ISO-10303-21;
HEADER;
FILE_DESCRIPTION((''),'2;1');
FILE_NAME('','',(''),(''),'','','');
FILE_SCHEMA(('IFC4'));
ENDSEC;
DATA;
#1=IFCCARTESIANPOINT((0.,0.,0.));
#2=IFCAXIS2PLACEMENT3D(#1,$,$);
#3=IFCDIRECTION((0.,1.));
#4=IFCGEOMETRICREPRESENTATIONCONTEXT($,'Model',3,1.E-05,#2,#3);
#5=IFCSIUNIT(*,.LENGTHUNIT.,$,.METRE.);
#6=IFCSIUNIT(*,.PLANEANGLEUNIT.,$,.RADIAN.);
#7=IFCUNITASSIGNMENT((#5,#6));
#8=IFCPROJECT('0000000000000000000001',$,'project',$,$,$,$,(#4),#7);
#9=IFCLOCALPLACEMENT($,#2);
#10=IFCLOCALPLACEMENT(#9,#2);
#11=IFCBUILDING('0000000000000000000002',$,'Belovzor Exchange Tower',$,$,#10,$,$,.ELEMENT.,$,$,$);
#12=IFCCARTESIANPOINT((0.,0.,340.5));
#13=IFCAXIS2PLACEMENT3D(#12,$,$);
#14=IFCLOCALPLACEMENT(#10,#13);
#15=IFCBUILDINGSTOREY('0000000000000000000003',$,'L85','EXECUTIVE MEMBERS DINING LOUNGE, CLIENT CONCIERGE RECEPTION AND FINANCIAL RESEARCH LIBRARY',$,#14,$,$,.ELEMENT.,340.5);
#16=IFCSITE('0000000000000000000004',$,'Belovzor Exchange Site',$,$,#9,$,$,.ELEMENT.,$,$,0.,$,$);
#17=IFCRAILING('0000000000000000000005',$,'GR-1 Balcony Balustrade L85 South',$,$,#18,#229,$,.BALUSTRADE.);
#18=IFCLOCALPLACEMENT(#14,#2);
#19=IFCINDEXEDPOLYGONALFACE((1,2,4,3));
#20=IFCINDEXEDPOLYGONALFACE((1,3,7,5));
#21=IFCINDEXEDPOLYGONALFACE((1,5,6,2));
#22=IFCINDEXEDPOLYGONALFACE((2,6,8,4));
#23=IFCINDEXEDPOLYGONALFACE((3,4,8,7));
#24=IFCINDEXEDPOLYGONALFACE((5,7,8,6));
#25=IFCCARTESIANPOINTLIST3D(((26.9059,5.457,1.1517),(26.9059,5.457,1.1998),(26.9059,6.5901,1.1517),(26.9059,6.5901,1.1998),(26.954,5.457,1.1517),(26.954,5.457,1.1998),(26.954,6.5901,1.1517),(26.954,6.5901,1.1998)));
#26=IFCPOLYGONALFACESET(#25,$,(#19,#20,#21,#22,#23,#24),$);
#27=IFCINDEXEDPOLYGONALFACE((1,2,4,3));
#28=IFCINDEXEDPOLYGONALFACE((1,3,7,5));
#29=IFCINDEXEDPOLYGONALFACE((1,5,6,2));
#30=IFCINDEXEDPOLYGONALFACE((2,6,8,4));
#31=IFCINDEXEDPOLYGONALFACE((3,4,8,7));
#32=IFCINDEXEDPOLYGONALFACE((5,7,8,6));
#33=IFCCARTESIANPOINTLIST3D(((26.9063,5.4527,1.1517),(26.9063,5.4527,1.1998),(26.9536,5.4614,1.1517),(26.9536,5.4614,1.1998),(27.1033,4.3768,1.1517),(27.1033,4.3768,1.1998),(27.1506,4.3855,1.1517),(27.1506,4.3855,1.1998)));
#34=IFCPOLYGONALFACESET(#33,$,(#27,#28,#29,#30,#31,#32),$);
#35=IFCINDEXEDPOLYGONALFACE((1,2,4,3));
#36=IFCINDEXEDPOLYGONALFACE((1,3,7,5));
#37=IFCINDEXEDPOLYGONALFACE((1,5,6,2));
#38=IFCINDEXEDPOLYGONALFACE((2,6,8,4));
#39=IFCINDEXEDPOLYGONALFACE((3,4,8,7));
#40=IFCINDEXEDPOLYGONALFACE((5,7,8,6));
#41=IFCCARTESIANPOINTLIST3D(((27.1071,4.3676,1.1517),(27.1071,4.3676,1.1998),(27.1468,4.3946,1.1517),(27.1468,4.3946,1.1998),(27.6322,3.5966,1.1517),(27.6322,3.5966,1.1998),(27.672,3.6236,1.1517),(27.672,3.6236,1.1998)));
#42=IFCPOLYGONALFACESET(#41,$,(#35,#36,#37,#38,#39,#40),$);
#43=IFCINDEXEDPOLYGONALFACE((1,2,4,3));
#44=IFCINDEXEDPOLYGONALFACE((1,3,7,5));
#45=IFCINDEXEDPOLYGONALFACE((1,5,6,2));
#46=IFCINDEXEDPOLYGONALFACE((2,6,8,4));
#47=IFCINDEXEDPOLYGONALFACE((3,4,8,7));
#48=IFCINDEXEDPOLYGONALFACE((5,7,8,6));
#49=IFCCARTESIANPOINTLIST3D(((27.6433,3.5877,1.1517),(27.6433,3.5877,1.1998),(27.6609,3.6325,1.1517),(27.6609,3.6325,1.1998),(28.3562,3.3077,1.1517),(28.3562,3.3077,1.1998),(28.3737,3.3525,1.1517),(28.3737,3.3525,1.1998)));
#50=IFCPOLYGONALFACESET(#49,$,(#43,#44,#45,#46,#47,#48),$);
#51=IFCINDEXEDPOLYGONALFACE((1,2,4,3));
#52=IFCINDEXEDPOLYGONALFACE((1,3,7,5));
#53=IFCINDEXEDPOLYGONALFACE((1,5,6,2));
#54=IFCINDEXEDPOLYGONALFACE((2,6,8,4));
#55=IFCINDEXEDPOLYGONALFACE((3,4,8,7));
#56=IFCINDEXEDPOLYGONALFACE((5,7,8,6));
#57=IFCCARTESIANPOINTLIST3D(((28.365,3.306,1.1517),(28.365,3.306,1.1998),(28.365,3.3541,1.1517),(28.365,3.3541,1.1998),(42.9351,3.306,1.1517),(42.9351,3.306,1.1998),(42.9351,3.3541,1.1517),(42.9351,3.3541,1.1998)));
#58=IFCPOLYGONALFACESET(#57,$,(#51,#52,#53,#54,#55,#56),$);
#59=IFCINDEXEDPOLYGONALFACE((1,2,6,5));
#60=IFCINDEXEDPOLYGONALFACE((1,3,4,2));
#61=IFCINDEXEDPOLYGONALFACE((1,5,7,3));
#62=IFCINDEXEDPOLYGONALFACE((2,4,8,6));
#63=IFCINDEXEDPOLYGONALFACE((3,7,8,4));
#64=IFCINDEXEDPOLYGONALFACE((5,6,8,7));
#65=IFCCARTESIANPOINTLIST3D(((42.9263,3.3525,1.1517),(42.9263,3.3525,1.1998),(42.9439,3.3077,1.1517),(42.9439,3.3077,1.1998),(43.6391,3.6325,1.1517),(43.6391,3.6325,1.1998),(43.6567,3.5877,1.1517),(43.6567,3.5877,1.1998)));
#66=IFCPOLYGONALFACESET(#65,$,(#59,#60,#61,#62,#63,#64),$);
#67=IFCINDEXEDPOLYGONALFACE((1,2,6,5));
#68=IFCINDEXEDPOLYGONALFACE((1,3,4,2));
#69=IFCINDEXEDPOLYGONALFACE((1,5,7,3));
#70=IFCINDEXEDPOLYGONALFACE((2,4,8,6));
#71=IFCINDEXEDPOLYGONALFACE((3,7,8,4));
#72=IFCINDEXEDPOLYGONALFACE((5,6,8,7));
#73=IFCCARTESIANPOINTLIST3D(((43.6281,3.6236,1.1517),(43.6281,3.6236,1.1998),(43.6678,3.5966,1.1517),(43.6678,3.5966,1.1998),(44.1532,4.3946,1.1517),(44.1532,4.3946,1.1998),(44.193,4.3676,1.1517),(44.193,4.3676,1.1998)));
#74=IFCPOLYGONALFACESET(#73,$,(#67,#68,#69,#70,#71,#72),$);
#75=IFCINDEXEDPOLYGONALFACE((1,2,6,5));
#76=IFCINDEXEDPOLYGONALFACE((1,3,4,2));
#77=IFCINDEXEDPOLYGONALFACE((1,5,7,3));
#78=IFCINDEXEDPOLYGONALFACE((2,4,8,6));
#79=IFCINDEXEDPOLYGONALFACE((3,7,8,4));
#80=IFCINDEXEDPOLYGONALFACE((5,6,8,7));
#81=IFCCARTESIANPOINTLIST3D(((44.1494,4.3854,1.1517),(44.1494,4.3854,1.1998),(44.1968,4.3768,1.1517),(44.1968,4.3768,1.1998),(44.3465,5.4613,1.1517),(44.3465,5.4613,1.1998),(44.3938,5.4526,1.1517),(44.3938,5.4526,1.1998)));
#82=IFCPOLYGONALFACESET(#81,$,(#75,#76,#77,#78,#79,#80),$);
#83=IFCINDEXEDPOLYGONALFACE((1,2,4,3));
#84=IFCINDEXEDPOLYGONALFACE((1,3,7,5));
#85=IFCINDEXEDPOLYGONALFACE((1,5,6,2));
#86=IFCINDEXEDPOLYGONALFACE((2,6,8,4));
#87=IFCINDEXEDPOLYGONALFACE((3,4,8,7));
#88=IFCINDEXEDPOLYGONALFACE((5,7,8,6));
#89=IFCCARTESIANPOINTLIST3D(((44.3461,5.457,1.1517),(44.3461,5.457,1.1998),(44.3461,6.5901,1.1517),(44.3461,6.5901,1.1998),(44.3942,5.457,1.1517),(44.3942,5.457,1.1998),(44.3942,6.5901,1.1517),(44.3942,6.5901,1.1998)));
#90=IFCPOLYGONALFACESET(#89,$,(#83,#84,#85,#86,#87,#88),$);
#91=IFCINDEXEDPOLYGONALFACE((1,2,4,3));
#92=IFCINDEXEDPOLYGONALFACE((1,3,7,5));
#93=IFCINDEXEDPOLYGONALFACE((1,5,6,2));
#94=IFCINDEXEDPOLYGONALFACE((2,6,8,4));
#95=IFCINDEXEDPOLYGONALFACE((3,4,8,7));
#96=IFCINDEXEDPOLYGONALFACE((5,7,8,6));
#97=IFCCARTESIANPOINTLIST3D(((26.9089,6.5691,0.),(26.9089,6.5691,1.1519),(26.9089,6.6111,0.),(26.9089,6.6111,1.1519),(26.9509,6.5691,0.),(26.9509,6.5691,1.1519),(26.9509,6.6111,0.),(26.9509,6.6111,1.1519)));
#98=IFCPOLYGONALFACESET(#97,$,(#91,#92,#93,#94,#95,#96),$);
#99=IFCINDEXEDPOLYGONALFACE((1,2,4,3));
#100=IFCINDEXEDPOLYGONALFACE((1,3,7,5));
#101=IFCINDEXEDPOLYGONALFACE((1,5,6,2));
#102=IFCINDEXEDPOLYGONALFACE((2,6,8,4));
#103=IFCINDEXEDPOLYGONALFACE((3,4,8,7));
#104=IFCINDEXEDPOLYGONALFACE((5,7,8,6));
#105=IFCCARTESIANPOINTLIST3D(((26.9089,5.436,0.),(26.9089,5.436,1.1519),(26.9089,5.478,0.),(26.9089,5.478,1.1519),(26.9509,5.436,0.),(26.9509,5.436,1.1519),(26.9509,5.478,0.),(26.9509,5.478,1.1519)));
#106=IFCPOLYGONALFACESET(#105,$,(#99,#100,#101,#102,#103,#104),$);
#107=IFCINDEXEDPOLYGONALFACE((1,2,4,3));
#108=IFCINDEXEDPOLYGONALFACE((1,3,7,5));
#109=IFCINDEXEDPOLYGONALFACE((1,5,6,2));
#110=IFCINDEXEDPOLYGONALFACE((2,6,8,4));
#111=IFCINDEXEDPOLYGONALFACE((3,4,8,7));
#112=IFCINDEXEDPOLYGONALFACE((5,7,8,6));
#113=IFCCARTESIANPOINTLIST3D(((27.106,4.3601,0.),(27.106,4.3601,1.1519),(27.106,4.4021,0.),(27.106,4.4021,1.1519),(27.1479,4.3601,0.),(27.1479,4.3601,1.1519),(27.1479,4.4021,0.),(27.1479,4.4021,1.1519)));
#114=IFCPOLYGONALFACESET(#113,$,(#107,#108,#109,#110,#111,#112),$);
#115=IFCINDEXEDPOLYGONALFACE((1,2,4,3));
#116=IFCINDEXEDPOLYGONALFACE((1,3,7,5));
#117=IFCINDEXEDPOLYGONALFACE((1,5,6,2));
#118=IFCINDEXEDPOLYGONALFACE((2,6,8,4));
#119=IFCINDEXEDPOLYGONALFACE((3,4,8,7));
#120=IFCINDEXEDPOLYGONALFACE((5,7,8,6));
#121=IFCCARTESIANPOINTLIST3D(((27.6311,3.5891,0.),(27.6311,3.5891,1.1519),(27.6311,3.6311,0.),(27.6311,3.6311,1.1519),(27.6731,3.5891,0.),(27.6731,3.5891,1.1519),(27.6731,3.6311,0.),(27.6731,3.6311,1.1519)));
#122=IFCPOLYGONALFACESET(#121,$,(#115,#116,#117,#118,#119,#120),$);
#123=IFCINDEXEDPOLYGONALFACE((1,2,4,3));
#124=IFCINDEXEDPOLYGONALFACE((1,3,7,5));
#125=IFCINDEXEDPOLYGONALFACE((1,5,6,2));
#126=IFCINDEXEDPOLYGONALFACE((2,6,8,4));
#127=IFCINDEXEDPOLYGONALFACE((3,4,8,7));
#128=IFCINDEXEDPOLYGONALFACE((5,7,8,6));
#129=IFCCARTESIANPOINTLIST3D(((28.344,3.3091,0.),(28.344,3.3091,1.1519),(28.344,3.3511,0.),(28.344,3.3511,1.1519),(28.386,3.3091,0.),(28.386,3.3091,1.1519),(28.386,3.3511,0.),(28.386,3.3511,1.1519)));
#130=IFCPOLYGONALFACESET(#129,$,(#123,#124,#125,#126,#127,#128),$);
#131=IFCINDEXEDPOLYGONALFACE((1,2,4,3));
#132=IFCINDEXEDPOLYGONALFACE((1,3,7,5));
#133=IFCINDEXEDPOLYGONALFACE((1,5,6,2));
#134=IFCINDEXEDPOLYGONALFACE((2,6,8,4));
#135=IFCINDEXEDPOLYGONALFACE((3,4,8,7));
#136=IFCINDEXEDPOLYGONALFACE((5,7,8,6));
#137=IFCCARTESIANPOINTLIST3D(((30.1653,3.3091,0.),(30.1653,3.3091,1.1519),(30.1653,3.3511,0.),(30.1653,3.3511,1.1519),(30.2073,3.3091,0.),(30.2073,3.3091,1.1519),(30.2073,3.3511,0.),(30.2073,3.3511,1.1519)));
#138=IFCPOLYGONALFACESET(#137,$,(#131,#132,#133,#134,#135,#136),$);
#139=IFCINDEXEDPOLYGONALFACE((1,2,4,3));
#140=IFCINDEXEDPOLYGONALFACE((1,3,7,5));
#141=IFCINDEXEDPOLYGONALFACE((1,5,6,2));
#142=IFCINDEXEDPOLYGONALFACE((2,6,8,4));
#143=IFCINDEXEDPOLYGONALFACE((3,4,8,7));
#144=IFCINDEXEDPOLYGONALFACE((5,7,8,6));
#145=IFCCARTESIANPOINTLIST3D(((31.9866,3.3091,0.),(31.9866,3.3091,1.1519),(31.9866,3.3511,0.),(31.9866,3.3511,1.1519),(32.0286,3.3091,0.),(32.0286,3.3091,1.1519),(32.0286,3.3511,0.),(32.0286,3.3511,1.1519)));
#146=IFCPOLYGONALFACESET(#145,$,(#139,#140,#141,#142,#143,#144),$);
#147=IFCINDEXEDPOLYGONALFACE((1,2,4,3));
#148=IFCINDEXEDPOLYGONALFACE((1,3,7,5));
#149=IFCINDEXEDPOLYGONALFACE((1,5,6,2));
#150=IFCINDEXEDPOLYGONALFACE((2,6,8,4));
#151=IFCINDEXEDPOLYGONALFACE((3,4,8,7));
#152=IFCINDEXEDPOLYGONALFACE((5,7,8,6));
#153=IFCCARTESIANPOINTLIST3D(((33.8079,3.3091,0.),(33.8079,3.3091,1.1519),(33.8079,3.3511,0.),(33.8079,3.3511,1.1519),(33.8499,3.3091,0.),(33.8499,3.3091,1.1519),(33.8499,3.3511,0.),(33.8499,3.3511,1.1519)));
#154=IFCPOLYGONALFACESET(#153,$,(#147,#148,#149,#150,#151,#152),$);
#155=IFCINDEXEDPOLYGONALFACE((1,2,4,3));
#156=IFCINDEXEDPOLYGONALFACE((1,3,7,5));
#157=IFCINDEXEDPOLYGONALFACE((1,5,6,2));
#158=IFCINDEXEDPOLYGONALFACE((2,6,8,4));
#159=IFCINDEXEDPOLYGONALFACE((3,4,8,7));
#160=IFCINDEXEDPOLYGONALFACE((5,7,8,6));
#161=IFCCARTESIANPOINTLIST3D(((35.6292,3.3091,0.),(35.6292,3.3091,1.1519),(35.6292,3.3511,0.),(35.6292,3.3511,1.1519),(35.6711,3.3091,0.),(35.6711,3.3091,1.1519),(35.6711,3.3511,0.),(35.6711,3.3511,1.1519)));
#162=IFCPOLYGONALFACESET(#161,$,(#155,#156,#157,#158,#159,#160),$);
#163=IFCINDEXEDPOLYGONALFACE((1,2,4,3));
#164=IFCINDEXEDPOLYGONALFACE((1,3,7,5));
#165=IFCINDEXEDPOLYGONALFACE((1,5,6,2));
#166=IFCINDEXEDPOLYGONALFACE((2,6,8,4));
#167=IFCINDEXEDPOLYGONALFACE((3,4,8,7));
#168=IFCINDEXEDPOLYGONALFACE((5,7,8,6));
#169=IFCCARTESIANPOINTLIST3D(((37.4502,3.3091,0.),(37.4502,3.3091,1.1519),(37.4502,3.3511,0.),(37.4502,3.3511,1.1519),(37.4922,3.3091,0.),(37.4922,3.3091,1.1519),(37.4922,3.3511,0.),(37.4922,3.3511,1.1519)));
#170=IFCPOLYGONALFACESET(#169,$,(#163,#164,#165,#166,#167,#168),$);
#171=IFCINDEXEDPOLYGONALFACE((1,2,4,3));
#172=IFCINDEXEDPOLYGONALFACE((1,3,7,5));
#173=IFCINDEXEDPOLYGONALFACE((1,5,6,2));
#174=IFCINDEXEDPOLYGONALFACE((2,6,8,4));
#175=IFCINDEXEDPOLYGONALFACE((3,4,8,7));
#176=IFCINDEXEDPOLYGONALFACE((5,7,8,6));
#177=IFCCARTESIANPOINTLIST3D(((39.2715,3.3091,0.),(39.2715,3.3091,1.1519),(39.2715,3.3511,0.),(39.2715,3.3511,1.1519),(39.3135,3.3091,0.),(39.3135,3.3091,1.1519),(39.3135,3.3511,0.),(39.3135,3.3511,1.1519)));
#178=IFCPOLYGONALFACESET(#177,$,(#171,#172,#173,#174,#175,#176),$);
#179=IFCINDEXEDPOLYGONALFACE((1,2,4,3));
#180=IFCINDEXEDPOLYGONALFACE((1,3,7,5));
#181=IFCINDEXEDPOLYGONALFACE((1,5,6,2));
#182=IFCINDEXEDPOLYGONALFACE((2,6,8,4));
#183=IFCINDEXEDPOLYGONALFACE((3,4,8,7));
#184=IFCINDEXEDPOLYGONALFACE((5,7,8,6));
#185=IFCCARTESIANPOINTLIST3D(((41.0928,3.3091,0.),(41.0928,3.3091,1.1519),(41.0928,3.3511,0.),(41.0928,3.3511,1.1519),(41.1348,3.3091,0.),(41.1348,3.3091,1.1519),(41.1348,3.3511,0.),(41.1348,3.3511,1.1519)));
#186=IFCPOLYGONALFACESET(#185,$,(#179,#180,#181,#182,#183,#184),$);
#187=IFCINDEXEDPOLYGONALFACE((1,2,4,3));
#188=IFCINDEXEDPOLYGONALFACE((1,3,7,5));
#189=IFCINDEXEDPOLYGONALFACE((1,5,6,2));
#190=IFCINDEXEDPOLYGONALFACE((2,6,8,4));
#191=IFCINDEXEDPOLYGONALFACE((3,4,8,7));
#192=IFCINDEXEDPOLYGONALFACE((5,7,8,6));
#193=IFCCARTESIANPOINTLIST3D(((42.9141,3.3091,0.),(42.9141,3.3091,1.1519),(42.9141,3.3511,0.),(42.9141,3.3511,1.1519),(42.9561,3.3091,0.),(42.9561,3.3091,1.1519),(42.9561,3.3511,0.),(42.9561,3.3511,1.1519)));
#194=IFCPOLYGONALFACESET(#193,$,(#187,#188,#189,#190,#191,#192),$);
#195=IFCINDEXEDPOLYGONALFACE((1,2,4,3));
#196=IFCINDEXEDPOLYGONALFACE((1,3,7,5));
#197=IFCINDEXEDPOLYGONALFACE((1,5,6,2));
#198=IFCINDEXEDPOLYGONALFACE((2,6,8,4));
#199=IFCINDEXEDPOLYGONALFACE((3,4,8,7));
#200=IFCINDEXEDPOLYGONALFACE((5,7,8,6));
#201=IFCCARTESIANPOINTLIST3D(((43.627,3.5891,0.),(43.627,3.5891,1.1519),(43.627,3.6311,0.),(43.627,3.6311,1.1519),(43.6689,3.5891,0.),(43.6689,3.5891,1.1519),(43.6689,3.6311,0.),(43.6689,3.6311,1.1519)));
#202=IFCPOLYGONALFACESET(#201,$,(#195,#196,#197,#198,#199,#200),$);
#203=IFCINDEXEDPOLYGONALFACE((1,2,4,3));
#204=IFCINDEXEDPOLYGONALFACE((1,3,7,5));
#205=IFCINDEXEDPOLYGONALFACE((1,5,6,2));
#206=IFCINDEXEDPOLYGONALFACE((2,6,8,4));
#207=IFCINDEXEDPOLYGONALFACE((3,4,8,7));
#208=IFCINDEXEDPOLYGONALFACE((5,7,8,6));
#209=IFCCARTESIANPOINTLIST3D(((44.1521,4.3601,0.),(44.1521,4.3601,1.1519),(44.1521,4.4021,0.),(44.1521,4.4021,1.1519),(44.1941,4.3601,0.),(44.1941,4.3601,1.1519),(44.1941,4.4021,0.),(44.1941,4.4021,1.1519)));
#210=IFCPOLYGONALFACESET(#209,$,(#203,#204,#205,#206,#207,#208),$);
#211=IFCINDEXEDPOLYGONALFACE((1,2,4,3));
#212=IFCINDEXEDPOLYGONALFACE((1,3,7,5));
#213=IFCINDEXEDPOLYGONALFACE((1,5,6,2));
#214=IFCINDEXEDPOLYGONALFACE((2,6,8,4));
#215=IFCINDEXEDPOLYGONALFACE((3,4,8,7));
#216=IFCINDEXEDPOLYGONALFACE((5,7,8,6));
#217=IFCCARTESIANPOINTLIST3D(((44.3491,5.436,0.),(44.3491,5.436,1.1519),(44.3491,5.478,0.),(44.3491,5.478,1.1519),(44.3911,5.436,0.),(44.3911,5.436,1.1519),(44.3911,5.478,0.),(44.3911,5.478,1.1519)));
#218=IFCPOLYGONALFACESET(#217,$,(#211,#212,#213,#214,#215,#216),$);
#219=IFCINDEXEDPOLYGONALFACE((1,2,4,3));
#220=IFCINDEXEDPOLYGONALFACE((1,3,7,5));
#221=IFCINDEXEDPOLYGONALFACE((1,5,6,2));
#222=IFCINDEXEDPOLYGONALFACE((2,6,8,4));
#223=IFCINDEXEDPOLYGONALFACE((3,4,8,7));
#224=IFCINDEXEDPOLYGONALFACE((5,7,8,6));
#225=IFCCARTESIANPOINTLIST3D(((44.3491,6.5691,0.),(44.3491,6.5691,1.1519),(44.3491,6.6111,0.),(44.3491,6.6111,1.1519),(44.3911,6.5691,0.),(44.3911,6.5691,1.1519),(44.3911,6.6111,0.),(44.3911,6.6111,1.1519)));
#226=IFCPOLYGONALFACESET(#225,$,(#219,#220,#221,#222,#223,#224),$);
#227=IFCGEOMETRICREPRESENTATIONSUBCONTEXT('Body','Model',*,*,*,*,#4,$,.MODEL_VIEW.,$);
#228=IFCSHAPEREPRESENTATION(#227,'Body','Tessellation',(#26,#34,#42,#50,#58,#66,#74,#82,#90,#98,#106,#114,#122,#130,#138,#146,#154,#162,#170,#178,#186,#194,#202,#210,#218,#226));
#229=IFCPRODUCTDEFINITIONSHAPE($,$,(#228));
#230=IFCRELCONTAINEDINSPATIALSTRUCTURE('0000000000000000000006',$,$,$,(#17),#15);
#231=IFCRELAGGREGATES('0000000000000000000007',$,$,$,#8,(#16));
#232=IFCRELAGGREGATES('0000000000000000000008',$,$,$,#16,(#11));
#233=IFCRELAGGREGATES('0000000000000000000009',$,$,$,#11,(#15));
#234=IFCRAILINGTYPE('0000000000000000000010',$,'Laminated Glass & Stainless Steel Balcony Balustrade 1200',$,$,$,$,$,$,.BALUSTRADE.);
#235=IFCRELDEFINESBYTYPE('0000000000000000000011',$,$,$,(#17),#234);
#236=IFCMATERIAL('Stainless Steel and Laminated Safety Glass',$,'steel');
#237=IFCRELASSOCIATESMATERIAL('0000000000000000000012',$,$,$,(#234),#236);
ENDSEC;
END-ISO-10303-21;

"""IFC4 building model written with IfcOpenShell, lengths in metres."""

from ifc_helpers import new_model, si_unit, direction, frame, origin, origin_2d, place, context, subcontext, project, spatial, rectangle, extrude, material, type_object, element, save


model = new_model("IFC4")

# Units and contexts
model_context = context("Model", 3, precision=1e-05, world=origin(), true_north=direction((0.0, 1.0)))
body_context = subcontext(model_context, "Body", "Model", "MODEL_VIEW")
ifc_project = project(units=[si_unit("LENGTHUNIT", "METRE"), si_unit("PLANEANGLEUNIT", "RADIAN")], contexts=[model_context])

# Site, building, storey
site_placement = place(None, origin())
site = spatial("IfcSite", under=ifc_project, at=site_placement, Name="Belovzor Exchange Site", CompositionType="ELEMENT", RefElevation=0.0)
building_placement = place(site_placement, origin())
building = spatial("IfcBuilding", under=site, at=building_placement, Name="Belovzor Exchange Tower", CompositionType="ELEMENT")
storey_placement = place(building_placement, frame((0.0, 0.0, 340.5)))
storey = spatial("IfcBuildingStorey", under=building, at=storey_placement, Name="L85", Description="EXECUTIVE MEMBERS DINING LOUNGE, CLIENT CONCIERGE RECEPTION AND FINANCIAL RESEARCH LIBRARY", CompositionType="ELEMENT", Elevation=340.5)

# Railing
ifc_material_1 = material(Name="Stainless Steel and Laminated Safety Glass", Category="steel")
railing_type = type_object("IfcRailingType", Name="Laminated Glass & Stainless Steel Balcony Balustrade 1200", PredefinedType="BALUSTRADE", material=ifc_material_1)
railing_placement = place(storey_placement, frame((26.9299, 6.5901, 0.0)))
element("IfcRailing", 1, at=railing_placement, inside=storey, type_object=railing_type, Name="GR-1 Balcony Balustrade L85 South", PredefinedType="BALUSTRADE", context=body_context, shape_type="SweptSolid", body=[
    extrude(rectangle(XDim=0.0481, YDim=0.0481, at=origin_2d()), frame((0.0, 0.0, 1.1758), z_axis=(0.0, -1.0, 0.0), x_axis=(1.0, 0.0, 0.0)), (0.0, 0.0, 1.0), 1.1331),
    extrude(rectangle(XDim=0.0481, YDim=0.0481, at=origin_2d()), frame((0.0, -1.1331, 1.1758), z_axis=(0.180123, -0.983644, 0.0), x_axis=(0.983644, 0.180123, 0.0)), (0.0, 0.0, 1.0), 1.0938),
    extrude(rectangle(XDim=0.0481, YDim=0.0481, at=origin_2d()), frame((0.197, -2.209, 1.1758), z_axis=(0.562947, -0.826493, 0.0), x_axis=(0.826493, 0.562947, 0.0)), (0.0, 0.0, 1.0), 0.9329),
    extrude(rectangle(XDim=0.0481, YDim=0.0481, at=origin_2d()), frame((0.7222, -2.98, 1.1758), z_axis=(0.930767, -0.365613, 0.0), x_axis=(0.365613, 0.930767, 0.0)), (0.0, 0.0, 1.0), 0.7659),
    extrude(rectangle(XDim=0.0481, YDim=0.0481, at=origin_2d()), frame((1.4351, -3.26, 1.1758), z_axis=(1.0, 0.0, 0.0), x_axis=(0.0, 1.0, 0.0)), (0.0, 0.0, 1.0), 14.5701),
    extrude(rectangle(XDim=0.0481, YDim=0.0481, at=origin_2d()), frame((16.0051, -3.26, 1.1758), z_axis=(0.930767, 0.365613, 0.0), x_axis=(-0.365613, 0.930767, 0.0)), (0.0, 0.0, 1.0), 0.7659),
    extrude(rectangle(XDim=0.0481, YDim=0.0481, at=origin_2d()), frame((16.718, -2.98, 1.1758), z_axis=(0.562947, 0.826493, 0.0), x_axis=(-0.826493, 0.562947, 0.0)), (0.0, 0.0, 1.0), 0.9329),
    extrude(rectangle(XDim=0.0481, YDim=0.0481, at=origin_2d()), frame((17.2432, -2.209, 1.1758), z_axis=(0.180123, 0.983644, 0.0), x_axis=(-0.983644, 0.180123, 0.0)), (0.0, 0.0, 1.0), 1.0938),
    extrude(rectangle(XDim=0.0481, YDim=0.0481, at=origin_2d()), frame((17.4402, -1.1331, 1.1758), z_axis=(0.0, 1.0, 0.0), x_axis=(-1.0, 0.0, 0.0)), (0.0, 0.0, 1.0), 1.1331),
    extrude(rectangle(XDim=0.042, YDim=0.042, at=origin_2d()), origin(), (0.0, 0.0, 1.0), 1.1519),
    extrude(rectangle(XDim=0.042, YDim=0.042, at=origin_2d()), frame((0.0, -1.1331, 0.0)), (0.0, 0.0, 1.0), 1.1519),
    extrude(rectangle(XDim=0.042, YDim=0.042, at=origin_2d()), frame((0.197, -2.209, 0.0)), (0.0, 0.0, 1.0), 1.1519),
    extrude(rectangle(XDim=0.042, YDim=0.042, at=origin_2d()), frame((0.7222, -2.98, 0.0)), (0.0, 0.0, 1.0), 1.1519),
    extrude(rectangle(XDim=0.042, YDim=0.042, at=origin_2d()), frame((1.4351, -3.26, 0.0)), (0.0, 0.0, 1.0), 1.1519),
    extrude(rectangle(XDim=0.042, YDim=0.042, at=origin_2d()), frame((3.2563, -3.26, 0.0)), (0.0, 0.0, 1.0), 1.1519),
    extrude(rectangle(XDim=0.042, YDim=0.042, at=origin_2d()), frame((5.0776, -3.26, 0.0)), (0.0, 0.0, 1.0), 1.1519),
    extrude(rectangle(XDim=0.042, YDim=0.042, at=origin_2d()), frame((6.8989, -3.26, 0.0)), (0.0, 0.0, 1.0), 1.1519),
    extrude(rectangle(XDim=0.042, YDim=0.042, at=origin_2d()), frame((8.7202, -3.26, 0.0)), (0.0, 0.0, 1.0), 1.1519),
    extrude(rectangle(XDim=0.042, YDim=0.042, at=origin_2d()), frame((10.5413, -3.26, 0.0)), (0.0, 0.0, 1.0), 1.1519),
    extrude(rectangle(XDim=0.042, YDim=0.042, at=origin_2d()), frame((12.3625, -3.26, 0.0)), (0.0, 0.0, 1.0), 1.1519),
    extrude(rectangle(XDim=0.042, YDim=0.042, at=origin_2d()), frame((14.1838, -3.26, 0.0)), (0.0, 0.0, 1.0), 1.1519),
    extrude(rectangle(XDim=0.042, YDim=0.042, at=origin_2d()), frame((16.0051, -3.26, 0.0)), (0.0, 0.0, 1.0), 1.1519),
    extrude(rectangle(XDim=0.042, YDim=0.042, at=origin_2d()), frame((16.718, -2.98, 0.0)), (0.0, 0.0, 1.0), 1.1519),
    extrude(rectangle(XDim=0.042, YDim=0.042, at=origin_2d()), frame((17.2432, -2.209, 0.0)), (0.0, 0.0, 1.0), 1.1519),
    extrude(rectangle(XDim=0.042, YDim=0.042, at=origin_2d()), frame((17.4402, -1.1331, 0.0)), (0.0, 0.0, 1.0), 1.1519),
    extrude(rectangle(XDim=0.042, YDim=0.042, at=origin_2d()), frame((17.4402, 0.0, 0.0)), (0.0, 0.0, 1.0), 1.1519),
])

save(model, "model.ifc")
